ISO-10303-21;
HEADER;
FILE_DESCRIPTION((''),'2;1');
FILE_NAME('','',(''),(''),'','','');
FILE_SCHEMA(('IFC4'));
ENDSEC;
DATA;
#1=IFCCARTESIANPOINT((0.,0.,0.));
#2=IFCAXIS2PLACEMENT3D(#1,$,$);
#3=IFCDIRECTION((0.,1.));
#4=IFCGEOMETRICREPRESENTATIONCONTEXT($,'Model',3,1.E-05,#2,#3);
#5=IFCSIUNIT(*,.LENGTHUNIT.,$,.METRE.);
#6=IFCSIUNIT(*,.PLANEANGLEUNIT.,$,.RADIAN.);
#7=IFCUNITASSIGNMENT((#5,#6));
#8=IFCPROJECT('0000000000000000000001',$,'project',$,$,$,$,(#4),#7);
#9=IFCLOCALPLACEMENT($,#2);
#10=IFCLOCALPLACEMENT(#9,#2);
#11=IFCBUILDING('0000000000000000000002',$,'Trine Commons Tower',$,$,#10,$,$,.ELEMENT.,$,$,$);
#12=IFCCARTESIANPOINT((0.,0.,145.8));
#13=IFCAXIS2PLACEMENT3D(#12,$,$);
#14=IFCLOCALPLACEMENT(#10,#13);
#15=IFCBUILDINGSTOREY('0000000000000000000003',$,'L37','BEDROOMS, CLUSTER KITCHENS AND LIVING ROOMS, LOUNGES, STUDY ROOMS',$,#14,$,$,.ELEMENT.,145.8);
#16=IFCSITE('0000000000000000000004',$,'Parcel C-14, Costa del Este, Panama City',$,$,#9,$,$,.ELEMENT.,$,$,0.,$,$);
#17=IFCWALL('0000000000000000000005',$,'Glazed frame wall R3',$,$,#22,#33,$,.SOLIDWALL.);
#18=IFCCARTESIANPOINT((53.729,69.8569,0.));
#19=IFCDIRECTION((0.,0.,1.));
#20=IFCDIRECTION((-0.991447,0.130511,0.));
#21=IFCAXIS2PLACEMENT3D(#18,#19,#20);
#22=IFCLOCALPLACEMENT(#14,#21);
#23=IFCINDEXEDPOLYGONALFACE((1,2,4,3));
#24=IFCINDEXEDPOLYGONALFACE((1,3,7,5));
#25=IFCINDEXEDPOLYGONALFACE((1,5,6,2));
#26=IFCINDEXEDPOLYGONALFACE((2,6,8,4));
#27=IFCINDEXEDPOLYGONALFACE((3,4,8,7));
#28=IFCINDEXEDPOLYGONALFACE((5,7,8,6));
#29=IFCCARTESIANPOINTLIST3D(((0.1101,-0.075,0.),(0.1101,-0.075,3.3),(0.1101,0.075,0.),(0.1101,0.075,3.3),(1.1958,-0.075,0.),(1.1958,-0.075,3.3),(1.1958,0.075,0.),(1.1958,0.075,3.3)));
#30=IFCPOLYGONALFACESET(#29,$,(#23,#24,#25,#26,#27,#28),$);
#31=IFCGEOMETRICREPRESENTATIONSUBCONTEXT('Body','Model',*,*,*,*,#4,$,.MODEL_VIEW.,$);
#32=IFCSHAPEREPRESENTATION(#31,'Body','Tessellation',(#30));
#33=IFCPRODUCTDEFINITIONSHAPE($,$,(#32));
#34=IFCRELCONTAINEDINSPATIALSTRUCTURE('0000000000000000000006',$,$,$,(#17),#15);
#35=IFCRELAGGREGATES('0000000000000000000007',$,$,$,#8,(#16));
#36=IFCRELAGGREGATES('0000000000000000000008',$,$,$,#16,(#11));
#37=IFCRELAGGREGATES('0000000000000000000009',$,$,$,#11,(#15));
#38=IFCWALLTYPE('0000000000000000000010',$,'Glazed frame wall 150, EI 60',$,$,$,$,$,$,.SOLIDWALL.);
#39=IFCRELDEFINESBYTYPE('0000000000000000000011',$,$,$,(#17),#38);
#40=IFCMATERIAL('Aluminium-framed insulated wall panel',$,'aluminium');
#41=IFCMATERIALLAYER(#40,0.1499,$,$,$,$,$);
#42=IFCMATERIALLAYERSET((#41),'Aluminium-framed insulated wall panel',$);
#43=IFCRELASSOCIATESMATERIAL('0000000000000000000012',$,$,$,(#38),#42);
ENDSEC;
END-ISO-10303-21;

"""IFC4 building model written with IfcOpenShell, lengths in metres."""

from ifc_helpers import new_model, si_unit, direction, frame, origin, place, context, subcontext, project, spatial, polyline, outline, extrude, material, layer, layer_set, type_object, element, save


model = new_model("IFC4")

# Units and contexts
model_context = context("Model", 3, precision=1e-05, world=origin(), true_north=direction((0.0, 1.0)))
body_context = subcontext(model_context, "Body", "Model", "MODEL_VIEW")
ifc_project = project(units=[si_unit("LENGTHUNIT", "METRE"), si_unit("PLANEANGLEUNIT", "RADIAN")], contexts=[model_context])

# Site, building, storey
site_placement = place(None, origin())
site = spatial("IfcSite", under=ifc_project, at=site_placement, Name="Parcel C-14, Costa del Este, Panama City", CompositionType="ELEMENT", RefElevation=0.0)
building_placement = place(site_placement, origin())
building = spatial("IfcBuilding", under=site, at=building_placement, Name="Trine Commons Tower", CompositionType="ELEMENT")
storey_placement = place(building_placement, frame((0.0, 0.0, 145.8)))
storey = spatial("IfcBuildingStorey", under=building, at=storey_placement, Name="L37", Description="BEDROOMS, CLUSTER KITCHENS AND LIVING ROOMS, LOUNGES, STUDY ROOMS", CompositionType="ELEMENT", Elevation=145.8)

# Wall
ifc_material_1 = material(Name="Aluminium-framed insulated wall panel", Category="aluminium")
ifc_layer_1 = layer(ifc_material_1, 0.1499)
ifc_layer_set_1 = layer_set([ifc_layer_1], Name="Aluminium-framed insulated wall panel")
wall_type_1 = type_object("IfcWallType", Name="Glazed frame wall 150, EI 60", PredefinedType="SOLIDWALL", material=ifc_layer_set_1)
wall_1_placement = place(storey_placement, frame((53.729, 69.8569, 0.0), z_axis=(0.0, 0.0, 1.0), x_axis=(-0.991447, 0.130511, 0.0)))
element("IfcWall", 1, at=wall_1_placement, inside=storey, type_object=wall_type_1, Name="Glazed frame wall R3", PredefinedType="SOLIDWALL", context=body_context, shape_type="SweptSolid", body=[
    extrude(outline(polyline([(0.1101, 0.075), (0.1101, -0.075), (1.1958, -0.075), (1.1958, 0.075), (0.1101, 0.075)])), origin(), (0.0, 0.0, 1.0), 3.3),
])

save(model, "model.ifc")
